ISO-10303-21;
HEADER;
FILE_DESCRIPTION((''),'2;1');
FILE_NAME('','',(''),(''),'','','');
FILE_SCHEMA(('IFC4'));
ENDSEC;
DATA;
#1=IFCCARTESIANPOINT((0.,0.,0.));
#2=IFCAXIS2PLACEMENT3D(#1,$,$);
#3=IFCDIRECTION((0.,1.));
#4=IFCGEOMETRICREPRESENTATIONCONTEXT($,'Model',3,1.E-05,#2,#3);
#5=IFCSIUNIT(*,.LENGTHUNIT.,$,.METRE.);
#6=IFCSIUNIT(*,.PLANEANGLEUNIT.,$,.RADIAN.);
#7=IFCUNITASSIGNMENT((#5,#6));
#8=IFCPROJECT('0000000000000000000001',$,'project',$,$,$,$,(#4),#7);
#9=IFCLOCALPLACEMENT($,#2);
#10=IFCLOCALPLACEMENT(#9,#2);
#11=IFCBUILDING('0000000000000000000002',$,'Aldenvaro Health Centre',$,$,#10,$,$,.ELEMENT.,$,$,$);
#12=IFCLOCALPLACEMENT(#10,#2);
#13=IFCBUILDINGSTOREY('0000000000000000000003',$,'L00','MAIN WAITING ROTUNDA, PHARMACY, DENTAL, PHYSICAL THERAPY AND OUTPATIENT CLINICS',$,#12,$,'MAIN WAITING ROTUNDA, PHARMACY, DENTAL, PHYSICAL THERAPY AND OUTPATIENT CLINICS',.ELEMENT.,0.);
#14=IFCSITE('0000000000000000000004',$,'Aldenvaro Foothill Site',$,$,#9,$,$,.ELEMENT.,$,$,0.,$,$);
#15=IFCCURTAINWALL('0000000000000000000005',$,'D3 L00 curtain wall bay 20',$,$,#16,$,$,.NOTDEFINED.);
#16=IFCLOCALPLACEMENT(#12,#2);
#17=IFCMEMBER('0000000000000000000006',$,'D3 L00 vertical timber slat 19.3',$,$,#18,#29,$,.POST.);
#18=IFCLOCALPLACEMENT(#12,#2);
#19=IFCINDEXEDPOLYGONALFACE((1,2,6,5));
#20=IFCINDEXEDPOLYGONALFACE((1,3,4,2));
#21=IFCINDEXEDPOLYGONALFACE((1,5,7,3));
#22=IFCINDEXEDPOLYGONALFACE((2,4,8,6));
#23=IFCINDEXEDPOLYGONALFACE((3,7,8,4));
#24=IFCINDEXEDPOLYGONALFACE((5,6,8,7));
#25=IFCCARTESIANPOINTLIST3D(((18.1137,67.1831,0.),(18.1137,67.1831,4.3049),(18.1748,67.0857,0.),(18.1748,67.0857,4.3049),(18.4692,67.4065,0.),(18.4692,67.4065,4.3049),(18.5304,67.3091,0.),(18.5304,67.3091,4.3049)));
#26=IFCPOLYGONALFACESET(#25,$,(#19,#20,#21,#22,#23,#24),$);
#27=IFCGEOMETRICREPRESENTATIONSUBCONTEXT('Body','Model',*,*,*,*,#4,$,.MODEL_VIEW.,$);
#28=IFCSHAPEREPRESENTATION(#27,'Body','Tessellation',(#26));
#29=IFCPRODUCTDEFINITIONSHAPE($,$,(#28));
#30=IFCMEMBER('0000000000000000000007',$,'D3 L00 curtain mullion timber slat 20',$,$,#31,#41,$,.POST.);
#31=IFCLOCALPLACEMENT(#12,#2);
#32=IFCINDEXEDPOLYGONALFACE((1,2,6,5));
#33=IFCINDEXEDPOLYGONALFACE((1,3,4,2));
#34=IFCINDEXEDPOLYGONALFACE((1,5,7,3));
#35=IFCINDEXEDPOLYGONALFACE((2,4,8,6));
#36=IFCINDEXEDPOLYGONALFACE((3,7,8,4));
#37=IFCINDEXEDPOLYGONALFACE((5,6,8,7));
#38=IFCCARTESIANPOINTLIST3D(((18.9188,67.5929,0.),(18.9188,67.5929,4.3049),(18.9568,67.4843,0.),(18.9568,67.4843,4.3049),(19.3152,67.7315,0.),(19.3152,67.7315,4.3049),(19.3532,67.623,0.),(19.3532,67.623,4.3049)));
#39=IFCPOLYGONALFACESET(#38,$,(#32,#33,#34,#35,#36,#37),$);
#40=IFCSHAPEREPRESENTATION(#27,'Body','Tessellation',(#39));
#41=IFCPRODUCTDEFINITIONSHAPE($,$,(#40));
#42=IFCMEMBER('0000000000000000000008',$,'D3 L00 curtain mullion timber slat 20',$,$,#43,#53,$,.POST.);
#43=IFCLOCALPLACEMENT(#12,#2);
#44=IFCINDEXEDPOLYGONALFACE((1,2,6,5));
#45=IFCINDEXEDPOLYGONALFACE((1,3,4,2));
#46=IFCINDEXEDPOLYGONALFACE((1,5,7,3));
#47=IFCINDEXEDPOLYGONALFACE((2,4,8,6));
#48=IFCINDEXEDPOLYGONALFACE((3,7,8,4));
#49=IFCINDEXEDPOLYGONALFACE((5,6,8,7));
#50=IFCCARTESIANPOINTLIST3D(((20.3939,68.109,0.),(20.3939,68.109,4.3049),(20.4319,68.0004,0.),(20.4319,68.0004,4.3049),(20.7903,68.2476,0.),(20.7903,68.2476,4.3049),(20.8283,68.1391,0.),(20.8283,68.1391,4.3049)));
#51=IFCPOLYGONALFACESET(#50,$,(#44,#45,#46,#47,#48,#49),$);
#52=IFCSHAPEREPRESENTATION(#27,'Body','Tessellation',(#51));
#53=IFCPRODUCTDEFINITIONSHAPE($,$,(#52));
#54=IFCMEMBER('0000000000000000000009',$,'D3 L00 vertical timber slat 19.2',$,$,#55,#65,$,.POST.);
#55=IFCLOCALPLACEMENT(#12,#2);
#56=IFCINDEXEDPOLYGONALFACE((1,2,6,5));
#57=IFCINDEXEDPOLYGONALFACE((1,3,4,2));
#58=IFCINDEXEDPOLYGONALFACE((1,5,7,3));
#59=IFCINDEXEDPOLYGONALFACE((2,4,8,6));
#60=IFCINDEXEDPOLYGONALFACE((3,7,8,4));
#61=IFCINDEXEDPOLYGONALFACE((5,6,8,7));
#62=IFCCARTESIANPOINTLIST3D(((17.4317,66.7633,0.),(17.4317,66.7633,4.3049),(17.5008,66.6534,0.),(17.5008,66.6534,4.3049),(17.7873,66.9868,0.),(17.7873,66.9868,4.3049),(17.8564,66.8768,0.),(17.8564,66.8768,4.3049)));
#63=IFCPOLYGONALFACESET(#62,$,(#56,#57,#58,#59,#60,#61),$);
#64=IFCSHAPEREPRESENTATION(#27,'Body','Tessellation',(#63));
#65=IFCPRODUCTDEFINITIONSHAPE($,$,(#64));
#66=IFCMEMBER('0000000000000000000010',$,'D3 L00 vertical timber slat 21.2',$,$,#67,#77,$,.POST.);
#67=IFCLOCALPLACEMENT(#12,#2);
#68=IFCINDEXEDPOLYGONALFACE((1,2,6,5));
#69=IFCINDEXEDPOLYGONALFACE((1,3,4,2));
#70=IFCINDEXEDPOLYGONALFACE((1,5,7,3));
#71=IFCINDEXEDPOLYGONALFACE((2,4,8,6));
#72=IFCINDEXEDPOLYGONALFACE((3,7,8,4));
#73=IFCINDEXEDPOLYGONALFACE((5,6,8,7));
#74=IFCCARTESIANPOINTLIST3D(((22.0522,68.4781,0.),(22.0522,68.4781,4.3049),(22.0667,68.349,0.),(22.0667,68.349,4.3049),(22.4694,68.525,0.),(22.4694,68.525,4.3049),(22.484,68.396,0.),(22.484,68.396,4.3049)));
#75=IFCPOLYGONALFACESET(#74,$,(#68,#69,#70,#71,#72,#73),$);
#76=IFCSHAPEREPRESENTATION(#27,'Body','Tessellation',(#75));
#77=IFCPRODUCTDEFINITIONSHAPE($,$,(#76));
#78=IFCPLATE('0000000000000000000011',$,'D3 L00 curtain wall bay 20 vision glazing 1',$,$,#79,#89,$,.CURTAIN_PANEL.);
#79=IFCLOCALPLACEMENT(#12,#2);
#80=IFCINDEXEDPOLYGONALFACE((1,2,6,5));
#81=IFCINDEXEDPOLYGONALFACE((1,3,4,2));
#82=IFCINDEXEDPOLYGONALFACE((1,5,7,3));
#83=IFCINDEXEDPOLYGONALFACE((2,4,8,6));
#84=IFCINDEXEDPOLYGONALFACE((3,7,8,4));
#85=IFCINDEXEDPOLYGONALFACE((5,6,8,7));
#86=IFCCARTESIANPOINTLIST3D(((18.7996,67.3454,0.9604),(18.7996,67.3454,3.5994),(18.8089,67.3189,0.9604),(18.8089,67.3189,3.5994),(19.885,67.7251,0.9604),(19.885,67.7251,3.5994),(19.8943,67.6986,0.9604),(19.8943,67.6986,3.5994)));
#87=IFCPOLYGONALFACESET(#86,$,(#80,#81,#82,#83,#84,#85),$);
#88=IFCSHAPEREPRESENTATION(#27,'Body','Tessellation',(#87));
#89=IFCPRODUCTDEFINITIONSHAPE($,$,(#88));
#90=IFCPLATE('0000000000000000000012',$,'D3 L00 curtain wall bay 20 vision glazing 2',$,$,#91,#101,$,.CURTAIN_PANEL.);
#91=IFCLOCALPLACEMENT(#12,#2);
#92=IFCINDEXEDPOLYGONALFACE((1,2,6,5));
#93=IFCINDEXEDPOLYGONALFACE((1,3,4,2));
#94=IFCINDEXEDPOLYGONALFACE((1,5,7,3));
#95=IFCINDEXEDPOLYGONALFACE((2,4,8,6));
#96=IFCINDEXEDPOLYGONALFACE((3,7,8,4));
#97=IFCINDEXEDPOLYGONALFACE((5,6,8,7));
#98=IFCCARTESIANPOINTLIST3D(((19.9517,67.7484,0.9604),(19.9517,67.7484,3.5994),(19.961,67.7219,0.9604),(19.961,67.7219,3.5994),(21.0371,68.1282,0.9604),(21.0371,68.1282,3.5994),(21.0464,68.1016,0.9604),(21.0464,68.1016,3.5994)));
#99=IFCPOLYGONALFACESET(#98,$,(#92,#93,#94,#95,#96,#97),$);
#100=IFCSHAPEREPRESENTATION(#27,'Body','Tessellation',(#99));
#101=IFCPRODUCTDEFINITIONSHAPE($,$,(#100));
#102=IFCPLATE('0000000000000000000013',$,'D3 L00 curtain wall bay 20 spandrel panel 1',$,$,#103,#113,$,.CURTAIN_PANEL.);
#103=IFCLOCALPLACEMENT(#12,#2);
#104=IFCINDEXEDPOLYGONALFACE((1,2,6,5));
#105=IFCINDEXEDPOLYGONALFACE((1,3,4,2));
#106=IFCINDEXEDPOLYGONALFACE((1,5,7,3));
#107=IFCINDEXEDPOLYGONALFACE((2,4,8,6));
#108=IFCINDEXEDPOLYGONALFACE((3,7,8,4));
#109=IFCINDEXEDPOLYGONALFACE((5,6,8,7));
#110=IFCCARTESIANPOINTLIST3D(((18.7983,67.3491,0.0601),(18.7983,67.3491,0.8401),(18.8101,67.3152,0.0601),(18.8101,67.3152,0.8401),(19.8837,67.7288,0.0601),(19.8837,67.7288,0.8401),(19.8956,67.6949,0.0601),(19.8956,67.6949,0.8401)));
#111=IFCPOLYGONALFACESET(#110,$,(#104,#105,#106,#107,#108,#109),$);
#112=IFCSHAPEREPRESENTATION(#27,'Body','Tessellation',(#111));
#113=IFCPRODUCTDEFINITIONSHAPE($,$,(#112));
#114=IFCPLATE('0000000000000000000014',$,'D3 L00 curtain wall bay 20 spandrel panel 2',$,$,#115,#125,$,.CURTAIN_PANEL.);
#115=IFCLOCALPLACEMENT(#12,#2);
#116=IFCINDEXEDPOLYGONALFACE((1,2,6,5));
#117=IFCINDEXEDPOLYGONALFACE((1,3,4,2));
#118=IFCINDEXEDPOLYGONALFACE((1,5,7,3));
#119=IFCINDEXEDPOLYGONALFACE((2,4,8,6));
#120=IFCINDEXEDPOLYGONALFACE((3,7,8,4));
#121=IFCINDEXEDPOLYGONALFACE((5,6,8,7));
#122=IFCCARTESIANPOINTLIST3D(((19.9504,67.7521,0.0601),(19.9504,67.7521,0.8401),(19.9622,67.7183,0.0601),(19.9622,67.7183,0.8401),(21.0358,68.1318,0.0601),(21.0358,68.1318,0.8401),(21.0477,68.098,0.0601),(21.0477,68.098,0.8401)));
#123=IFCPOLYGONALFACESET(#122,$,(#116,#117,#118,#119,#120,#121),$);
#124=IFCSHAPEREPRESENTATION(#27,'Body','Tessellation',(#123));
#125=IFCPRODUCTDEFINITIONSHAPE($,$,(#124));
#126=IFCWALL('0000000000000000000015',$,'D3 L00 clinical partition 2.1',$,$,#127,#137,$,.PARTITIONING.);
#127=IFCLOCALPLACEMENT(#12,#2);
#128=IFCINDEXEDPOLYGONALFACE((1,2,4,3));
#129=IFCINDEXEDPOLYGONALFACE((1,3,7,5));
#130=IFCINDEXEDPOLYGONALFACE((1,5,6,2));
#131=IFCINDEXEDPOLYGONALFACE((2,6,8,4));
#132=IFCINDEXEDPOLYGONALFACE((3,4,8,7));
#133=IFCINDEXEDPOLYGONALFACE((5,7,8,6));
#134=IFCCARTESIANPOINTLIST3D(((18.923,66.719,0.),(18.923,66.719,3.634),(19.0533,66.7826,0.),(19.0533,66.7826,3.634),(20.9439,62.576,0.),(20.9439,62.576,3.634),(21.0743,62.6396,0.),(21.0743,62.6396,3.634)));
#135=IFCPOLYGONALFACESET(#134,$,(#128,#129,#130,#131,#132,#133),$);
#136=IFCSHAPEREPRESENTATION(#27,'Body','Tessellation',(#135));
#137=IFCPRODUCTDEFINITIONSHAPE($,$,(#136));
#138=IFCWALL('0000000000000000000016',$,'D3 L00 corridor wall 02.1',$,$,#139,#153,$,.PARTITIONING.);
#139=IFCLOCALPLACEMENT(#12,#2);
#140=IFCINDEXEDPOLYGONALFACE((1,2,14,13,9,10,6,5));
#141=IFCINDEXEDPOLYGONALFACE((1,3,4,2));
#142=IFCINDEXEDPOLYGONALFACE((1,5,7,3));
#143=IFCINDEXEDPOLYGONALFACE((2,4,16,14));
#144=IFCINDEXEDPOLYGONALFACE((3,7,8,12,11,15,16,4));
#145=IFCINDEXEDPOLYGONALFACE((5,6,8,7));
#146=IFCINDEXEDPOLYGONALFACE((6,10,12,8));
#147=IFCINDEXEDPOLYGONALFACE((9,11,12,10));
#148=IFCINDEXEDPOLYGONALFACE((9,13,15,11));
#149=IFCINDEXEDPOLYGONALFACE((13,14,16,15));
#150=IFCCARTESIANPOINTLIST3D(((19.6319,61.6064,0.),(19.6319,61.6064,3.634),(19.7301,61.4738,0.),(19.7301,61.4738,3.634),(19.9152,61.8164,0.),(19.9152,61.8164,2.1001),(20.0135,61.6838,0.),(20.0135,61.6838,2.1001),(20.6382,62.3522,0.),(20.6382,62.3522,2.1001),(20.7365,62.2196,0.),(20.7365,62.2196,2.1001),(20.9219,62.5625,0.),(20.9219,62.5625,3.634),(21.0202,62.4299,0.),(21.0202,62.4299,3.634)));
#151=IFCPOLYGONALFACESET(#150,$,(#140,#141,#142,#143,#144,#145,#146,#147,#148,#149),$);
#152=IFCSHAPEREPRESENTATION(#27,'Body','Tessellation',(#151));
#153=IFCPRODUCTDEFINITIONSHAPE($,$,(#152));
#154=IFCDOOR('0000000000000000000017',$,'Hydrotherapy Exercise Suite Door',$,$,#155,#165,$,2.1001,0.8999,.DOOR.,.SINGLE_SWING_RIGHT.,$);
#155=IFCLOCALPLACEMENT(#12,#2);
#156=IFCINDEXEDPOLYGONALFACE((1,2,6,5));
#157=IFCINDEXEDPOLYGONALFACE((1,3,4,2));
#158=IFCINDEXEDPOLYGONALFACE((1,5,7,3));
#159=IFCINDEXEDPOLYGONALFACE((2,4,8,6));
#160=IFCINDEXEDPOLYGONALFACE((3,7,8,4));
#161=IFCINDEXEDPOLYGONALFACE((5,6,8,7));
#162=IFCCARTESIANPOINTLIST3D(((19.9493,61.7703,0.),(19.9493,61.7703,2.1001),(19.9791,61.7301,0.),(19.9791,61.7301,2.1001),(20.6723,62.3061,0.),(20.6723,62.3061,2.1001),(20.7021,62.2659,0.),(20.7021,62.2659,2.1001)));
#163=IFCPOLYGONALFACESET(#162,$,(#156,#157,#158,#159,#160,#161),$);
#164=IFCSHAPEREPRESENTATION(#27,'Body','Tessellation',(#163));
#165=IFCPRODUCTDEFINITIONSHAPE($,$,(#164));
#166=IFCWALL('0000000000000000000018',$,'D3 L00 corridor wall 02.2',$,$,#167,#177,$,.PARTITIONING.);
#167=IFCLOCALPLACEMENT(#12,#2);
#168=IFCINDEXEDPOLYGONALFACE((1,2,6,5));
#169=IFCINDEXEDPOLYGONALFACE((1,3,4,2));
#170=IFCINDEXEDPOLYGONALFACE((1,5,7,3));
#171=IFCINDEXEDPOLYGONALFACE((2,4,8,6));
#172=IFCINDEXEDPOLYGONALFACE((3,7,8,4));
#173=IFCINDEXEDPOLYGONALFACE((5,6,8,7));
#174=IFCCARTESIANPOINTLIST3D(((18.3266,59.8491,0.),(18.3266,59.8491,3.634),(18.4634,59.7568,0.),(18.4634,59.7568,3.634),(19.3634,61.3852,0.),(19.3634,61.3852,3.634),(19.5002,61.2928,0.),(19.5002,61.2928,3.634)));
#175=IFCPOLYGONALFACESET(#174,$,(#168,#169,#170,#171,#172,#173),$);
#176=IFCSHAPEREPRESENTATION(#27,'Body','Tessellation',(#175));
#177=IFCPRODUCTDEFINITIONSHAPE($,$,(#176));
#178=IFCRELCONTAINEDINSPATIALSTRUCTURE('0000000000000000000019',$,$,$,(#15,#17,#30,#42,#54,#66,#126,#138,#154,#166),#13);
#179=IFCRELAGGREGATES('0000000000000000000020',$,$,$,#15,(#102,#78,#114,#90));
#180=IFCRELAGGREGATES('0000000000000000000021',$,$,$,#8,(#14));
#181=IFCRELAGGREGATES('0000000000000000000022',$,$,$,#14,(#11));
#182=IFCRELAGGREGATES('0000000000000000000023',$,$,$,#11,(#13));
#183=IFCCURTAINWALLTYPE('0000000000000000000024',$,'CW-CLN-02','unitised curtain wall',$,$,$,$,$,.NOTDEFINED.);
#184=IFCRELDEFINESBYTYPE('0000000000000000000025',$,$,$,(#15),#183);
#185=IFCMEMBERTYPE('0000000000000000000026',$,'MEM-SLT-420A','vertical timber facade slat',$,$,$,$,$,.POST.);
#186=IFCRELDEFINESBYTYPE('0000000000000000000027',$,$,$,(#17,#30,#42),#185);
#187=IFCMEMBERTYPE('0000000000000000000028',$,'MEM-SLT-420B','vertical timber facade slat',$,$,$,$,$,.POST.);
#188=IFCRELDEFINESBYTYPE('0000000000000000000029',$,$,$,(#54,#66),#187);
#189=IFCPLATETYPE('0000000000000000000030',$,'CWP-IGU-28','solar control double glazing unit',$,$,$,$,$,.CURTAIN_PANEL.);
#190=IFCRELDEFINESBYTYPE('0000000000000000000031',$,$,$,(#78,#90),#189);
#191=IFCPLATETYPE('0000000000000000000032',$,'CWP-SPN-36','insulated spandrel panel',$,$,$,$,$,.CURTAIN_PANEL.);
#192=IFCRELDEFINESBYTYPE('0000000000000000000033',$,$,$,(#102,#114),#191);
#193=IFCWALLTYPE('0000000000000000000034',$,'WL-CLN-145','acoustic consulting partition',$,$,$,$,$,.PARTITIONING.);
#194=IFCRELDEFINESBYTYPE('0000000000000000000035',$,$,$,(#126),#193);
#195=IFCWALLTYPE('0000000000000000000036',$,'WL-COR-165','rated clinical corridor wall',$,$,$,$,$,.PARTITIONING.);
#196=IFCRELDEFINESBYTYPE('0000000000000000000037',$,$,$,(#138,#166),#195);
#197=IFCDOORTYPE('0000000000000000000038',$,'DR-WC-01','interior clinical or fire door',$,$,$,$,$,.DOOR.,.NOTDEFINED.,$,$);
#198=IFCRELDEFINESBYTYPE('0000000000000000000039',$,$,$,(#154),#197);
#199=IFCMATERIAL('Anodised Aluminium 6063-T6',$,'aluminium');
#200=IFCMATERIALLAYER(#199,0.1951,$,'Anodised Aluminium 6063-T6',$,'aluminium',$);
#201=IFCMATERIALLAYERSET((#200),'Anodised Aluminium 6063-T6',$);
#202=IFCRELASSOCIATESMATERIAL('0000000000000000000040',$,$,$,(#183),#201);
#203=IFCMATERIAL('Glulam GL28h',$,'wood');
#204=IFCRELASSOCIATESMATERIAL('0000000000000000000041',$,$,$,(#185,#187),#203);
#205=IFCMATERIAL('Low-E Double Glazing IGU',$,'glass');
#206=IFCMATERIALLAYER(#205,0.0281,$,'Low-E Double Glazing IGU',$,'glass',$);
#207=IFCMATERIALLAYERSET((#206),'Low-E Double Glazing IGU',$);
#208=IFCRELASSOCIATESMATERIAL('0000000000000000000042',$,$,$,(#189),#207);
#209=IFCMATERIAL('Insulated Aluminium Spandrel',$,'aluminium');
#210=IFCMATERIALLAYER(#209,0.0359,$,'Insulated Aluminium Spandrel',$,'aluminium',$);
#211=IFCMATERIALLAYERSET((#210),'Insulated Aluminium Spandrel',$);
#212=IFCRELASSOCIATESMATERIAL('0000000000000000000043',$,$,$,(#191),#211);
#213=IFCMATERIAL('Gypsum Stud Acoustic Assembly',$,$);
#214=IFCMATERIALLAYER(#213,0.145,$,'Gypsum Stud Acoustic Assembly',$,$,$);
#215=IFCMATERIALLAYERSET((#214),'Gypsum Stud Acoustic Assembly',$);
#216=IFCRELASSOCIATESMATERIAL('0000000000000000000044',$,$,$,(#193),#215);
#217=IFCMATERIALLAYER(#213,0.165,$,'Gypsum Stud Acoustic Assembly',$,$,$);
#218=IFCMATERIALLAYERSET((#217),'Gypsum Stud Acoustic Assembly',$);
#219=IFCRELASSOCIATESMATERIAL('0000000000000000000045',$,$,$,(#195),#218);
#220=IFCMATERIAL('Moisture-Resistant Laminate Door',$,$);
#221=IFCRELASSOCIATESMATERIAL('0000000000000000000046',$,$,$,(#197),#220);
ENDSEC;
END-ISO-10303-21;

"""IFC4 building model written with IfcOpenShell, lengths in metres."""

from ifc_helpers import new_model, si_unit, direction, frame, frame_2d, origin, origin_2d, place, context, subcontext, project, spatial, rectangle, extrude, material, layer, layer_set, material_profile, profile_set, type_object, element, fill, aggregate, save


model = new_model("IFC4")

# Units and contexts
model_context = context("Model", 3, precision=1e-05, world=origin(), true_north=direction((0.0, 1.0)))
body_context = subcontext(model_context, "Body", "Model", "MODEL_VIEW")
ifc_project = project(units=[si_unit("LENGTHUNIT", "METRE"), si_unit("PLANEANGLEUNIT", "RADIAN")], contexts=[model_context])

# Site, building, storey
site_placement = place(None, origin())
site = spatial("IfcSite", under=ifc_project, at=site_placement, Name="Aldenvaro Foothill Site", CompositionType="ELEMENT", RefElevation=0.0)
building_placement = place(site_placement, origin())
building = spatial("IfcBuilding", under=site, at=building_placement, Name="Aldenvaro Health Centre", CompositionType="ELEMENT")
storey_placement = place(building_placement, origin())
storey = spatial("IfcBuildingStorey", under=building, at=storey_placement, Name="L00", Description="MAIN WAITING ROTUNDA, PHARMACY, DENTAL, PHYSICAL THERAPY AND OUTPATIENT CLINICS", LongName="MAIN WAITING ROTUNDA, PHARMACY, DENTAL, PHYSICAL THERAPY AND OUTPATIENT CLINICS", CompositionType="ELEMENT", Elevation=0.0)

# Shared definitions
ifc_material_1 = material(Name="Glulam GL28h", Category="wood")

# Curtain wall
ifc_material_2 = material(Name="Anodised Aluminium 6063-T6", Category="aluminium")
ifc_layer_1 = layer(ifc_material_2, 0.1951, Name="Anodised Aluminium 6063-T6", Category="aluminium")
ifc_layer_set_1 = layer_set([ifc_layer_1], Name="Anodised Aluminium 6063-T6")
curtain_wall_type = type_object("IfcCurtainWallType", Name="CW-CLN-02", Description="unitised curtain wall", PredefinedType="NOTDEFINED", material=ifc_layer_set_1)
curtain_wall_placement = place(storey_placement, origin())
curtain_wall = element("IfcCurtainWall", 1, at=curtain_wall_placement, inside=storey, type_object=curtain_wall_type, Name="D3 L00 curtain wall bay 20", PredefinedType="NOTDEFINED")

# Members
ifc_material_profile_1 = material_profile(ifc_material_1, rectangle(XDim=0.115, YDim=0.4199, at=origin_2d()), Name="GL 115x420", Category="wood")
ifc_profile_set_1 = profile_set([ifc_material_profile_1], Name="Glulam GL28h")
member_type_1 = type_object("IfcMemberType", Name="MEM-SLT-420A", Description="vertical timber facade slat", PredefinedType="POST", material=ifc_profile_set_1)
for number, where, z_axis, x_axis, name in (
    (2, (18.322, 67.2461, 0.0), (0.0, 0.0, 1.0), (-0.532096, 0.846684, 0.0), "D3 L00 vertical timber slat 19.3"),
    (3, (19.136, 67.6079, 0.0), (0.0, 0.0, 1.0), (-0.330204, 0.943909, 0.0), "D3 L00 curtain mullion timber slat 20"),
    (4, (20.6111, 68.124, 0.0), (0.0, 0.0, 1.0), (-0.330204, 0.943909, 0.0), "D3 L00 curtain mullion timber slat 20"),
):
    element("IfcMember", number, at=place(storey_placement, frame(where, z_axis=z_axis, x_axis=x_axis)), inside=storey, type_object=member_type_1, Name=name, PredefinedType="POST", context=body_context, shape_type="SweptSolid", body=[
        extrude(rectangle(XDim=0.115, YDim=0.4199, at=origin_2d()), origin(), (0.0, 0.0, 1.0), 4.3049),
    ])
ifc_material_profile_2 = material_profile(ifc_material_1, rectangle(XDim=0.1299, YDim=0.4199, at=origin_2d()), Name="GL 130x420", Category="wood")
ifc_profile_set_2 = profile_set([ifc_material_profile_2], Name="Glulam GL28h")
member_type_2 = type_object("IfcMemberType", Name="MEM-SLT-420B", Description="vertical timber facade slat", PredefinedType="POST", material=ifc_profile_set_2)
for number, where, z_axis, x_axis, name in (
    (5, (17.644, 66.8201, 0.0), (0.0, 0.0, 1.0), (-0.532096, 0.846684, 0.0), "D3 L00 vertical timber slat 19.2"),
    (6, (22.2681, 68.437, 0.0), (0.0, 0.0, 1.0), (-0.111871, 0.993723, 0.0), "D3 L00 vertical timber slat 21.2"),
):
    element("IfcMember", number, at=place(storey_placement, frame(where, z_axis=z_axis, x_axis=x_axis)), inside=storey, type_object=member_type_2, Name=name, PredefinedType="POST", context=body_context, shape_type="SweptSolid", body=[
        extrude(rectangle(XDim=0.1299, YDim=0.4199, at=origin_2d()), origin(), (0.0, 0.0, 1.0), 4.3049),
    ])

# Plates
ifc_material_3 = material(Name="Low-E Double Glazing IGU", Category="glass")
ifc_layer_2 = layer(ifc_material_3, 0.0281, Name="Low-E Double Glazing IGU", Category="glass")
ifc_layer_set_2 = layer_set([ifc_layer_2], Name="Low-E Double Glazing IGU")
plate_type_1 = type_object("IfcPlateType", Name="CWP-IGU-28", Description="solar control double glazing unit", PredefinedType="CURTAIN_PANEL", material=ifc_layer_set_2)
plate_1_placement = place(storey_placement, frame((19.3469, 67.522, 0.9604), z_axis=(0.0, 0.0, 1.0), x_axis=(0.943909, 0.330204, 0.0)))
plate_1 = element("IfcPlate", 7, at=plate_1_placement, type_object=plate_type_1, Name="D3 L00 curtain wall bay 20 vision glazing 1", PredefinedType="CURTAIN_PANEL", context=body_context, shape_type="SweptSolid", body=[
    extrude(rectangle(XDim=1.1499, YDim=0.0281, at=origin_2d()), origin(), (0.0, 0.0, 1.0), 2.6389),
])
plate_2_placement = place(storey_placement, frame((20.499, 67.925, 0.9604), z_axis=(0.0, 0.0, 1.0), x_axis=(0.943909, 0.330204, 0.0)))
plate_2 = element("IfcPlate", 8, at=plate_2_placement, type_object=plate_type_1, Name="D3 L00 curtain wall bay 20 vision glazing 2", PredefinedType="CURTAIN_PANEL", context=body_context, shape_type="SweptSolid", body=[
    extrude(rectangle(XDim=1.1499, YDim=0.0281, at=origin_2d()), origin(), (0.0, 0.0, 1.0), 2.6389),
])
ifc_material_4 = material(Name="Insulated Aluminium Spandrel", Category="aluminium")
ifc_layer_3 = layer(ifc_material_4, 0.0359, Name="Insulated Aluminium Spandrel", Category="aluminium")
ifc_layer_set_3 = layer_set([ifc_layer_3], Name="Insulated Aluminium Spandrel")
plate_type_2 = type_object("IfcPlateType", Name="CWP-SPN-36", Description="insulated spandrel panel", PredefinedType="CURTAIN_PANEL", material=ifc_layer_set_3)
plate_3_placement = place(storey_placement, frame((19.3469, 67.522, 0.0601), z_axis=(0.0, 0.0, 1.0), x_axis=(0.943909, 0.330204, 0.0)))
plate_3 = element("IfcPlate", 9, at=plate_3_placement, type_object=plate_type_2, Name="D3 L00 curtain wall bay 20 spandrel panel 1", PredefinedType="CURTAIN_PANEL", context=body_context, shape_type="SweptSolid", body=[
    extrude(rectangle(XDim=1.1499, YDim=0.0359, at=origin_2d()), origin(), (0.0, 0.0, 1.0), 0.78),
])
plate_4_placement = place(storey_placement, frame((20.499, 67.925, 0.0601), z_axis=(0.0, 0.0, 1.0), x_axis=(0.943909, 0.330204, 0.0)))
plate_4 = element("IfcPlate", 10, at=plate_4_placement, type_object=plate_type_2, Name="D3 L00 curtain wall bay 20 spandrel panel 2", PredefinedType="CURTAIN_PANEL", context=body_context, shape_type="SweptSolid", body=[
    extrude(rectangle(XDim=1.1499, YDim=0.0359, at=origin_2d()), origin(), (0.0, 0.0, 1.0), 0.78),
])
aggregate(curtain_wall, [plate_3, plate_1, plate_4, plate_2])

# Wall
ifc_material_5 = material(Name="Gypsum Stud Acoustic Assembly")
ifc_layer_4 = layer(ifc_material_5, 0.145, Name="Gypsum Stud Acoustic Assembly")
ifc_layer_set_4 = layer_set([ifc_layer_4], Name="Gypsum Stud Acoustic Assembly")
wall_type_1 = type_object("IfcWallType", Name="WL-CLN-145", Description="acoustic consulting partition", PredefinedType="PARTITIONING", material=ifc_layer_set_4)
wall_1_placement = place(storey_placement, frame((21.009, 62.6079, 0.0), z_axis=(0.0, 0.0, 1.0), x_axis=(-0.438422, 0.898769, 0.0)))
element("IfcWall", 11, at=wall_1_placement, inside=storey, type_object=wall_type_1, Name="D3 L00 clinical partition 2.1", PredefinedType="PARTITIONING", context=body_context, shape_type="SweptSolid", body=[
    extrude(rectangle(XDim=4.6096, YDim=0.145, at=frame_2d((2.3047, 0.0))), origin(), (0.0, 0.0, 1.0), 3.634),
])

# Wall, opening, door
ifc_layer_5 = layer(ifc_material_5, 0.165, Name="Gypsum Stud Acoustic Assembly")
ifc_layer_set_5 = layer_set([ifc_layer_5], Name="Gypsum Stud Acoustic Assembly")
wall_type_2 = type_object("IfcWallType", Name="WL-COR-165", Description="rated clinical corridor wall", PredefinedType="PARTITIONING", material=ifc_layer_set_5)
wall_2_placement = place(storey_placement, frame((20.9709, 62.4961, 0.0), z_axis=(0.0, 0.0, 1.0), x_axis=(-0.803417, -0.595417, 0.0)))
wall_2 = element("IfcWall", 12, at=wall_2_placement, inside=storey, type_object=wall_type_2, Name="D3 L00 corridor wall 02.1", PredefinedType="PARTITIONING", context=body_context, shape_type="SweptSolid", body=[
    extrude(rectangle(XDim=1.6057, YDim=0.165, at=frame_2d((0.8027, 0.0))), origin(), (0.0, 0.0, 1.0), 3.634),
])
opening_placement = place(wall_2_placement, frame((0.353, 0.0, 0.0)))
opening = element("IfcOpeningElement", 13, at=opening_placement, cuts=wall_2, PredefinedType="OPENING", context=body_context, shape_type="SweptSolid", body=[
    extrude(rectangle(XDim=0.8999, YDim=2.1001, at=frame_2d((0.45, 1.05))), frame((0.0, 0.0925, 0.0), z_axis=(0.0, -1.0, 0.0), x_axis=(1.0, 0.0, 0.0)), (0.0, 0.0, 1.0), 0.1851),
])
ifc_material_6 = material(Name="Moisture-Resistant Laminate Door")
door_type = type_object("IfcDoorType", Name="DR-WC-01", Description="interior clinical or fire door", OperationType="NOTDEFINED", PredefinedType="DOOR", material=ifc_material_6)
door_placement = place(opening_placement, origin())
door = element("IfcDoor", 14, at=door_placement, inside=storey, type_object=door_type, Name="Hydrotherapy Exercise Suite Door", OperationType="SINGLE_SWING_RIGHT", OverallHeight=2.1001, OverallWidth=0.8999, PredefinedType="DOOR", context=body_context, shape_type="SweptSolid", body=[
    extrude(rectangle(XDim=0.8999, YDim=2.1001, at=frame_2d((0.45, 1.05))), frame((0.0, 0.0249, 0.0), z_axis=(0.0, -1.0, 0.0), x_axis=(1.0, 0.0, 0.0)), (0.0, 0.0, 1.0), 0.05),
])
fill(opening, door)

# Wall
wall_3_placement = place(storey_placement, frame((19.4319, 61.3391, 0.0), z_axis=(0.0, 0.0, 1.0), x_axis=(-0.559464, -0.828855, 0.0)))
element("IfcWall", 15, at=wall_3_placement, inside=storey, type_object=wall_type_2, Name="D3 L00 corridor wall 02.2", PredefinedType="PARTITIONING", context=body_context, shape_type="SweptSolid", body=[
    extrude(rectangle(XDim=1.8533, YDim=0.165, at=frame_2d((0.9268, 0.0))), origin(), (0.0, 0.0, 1.0), 3.634),
])

save(model, "model.ifc")
